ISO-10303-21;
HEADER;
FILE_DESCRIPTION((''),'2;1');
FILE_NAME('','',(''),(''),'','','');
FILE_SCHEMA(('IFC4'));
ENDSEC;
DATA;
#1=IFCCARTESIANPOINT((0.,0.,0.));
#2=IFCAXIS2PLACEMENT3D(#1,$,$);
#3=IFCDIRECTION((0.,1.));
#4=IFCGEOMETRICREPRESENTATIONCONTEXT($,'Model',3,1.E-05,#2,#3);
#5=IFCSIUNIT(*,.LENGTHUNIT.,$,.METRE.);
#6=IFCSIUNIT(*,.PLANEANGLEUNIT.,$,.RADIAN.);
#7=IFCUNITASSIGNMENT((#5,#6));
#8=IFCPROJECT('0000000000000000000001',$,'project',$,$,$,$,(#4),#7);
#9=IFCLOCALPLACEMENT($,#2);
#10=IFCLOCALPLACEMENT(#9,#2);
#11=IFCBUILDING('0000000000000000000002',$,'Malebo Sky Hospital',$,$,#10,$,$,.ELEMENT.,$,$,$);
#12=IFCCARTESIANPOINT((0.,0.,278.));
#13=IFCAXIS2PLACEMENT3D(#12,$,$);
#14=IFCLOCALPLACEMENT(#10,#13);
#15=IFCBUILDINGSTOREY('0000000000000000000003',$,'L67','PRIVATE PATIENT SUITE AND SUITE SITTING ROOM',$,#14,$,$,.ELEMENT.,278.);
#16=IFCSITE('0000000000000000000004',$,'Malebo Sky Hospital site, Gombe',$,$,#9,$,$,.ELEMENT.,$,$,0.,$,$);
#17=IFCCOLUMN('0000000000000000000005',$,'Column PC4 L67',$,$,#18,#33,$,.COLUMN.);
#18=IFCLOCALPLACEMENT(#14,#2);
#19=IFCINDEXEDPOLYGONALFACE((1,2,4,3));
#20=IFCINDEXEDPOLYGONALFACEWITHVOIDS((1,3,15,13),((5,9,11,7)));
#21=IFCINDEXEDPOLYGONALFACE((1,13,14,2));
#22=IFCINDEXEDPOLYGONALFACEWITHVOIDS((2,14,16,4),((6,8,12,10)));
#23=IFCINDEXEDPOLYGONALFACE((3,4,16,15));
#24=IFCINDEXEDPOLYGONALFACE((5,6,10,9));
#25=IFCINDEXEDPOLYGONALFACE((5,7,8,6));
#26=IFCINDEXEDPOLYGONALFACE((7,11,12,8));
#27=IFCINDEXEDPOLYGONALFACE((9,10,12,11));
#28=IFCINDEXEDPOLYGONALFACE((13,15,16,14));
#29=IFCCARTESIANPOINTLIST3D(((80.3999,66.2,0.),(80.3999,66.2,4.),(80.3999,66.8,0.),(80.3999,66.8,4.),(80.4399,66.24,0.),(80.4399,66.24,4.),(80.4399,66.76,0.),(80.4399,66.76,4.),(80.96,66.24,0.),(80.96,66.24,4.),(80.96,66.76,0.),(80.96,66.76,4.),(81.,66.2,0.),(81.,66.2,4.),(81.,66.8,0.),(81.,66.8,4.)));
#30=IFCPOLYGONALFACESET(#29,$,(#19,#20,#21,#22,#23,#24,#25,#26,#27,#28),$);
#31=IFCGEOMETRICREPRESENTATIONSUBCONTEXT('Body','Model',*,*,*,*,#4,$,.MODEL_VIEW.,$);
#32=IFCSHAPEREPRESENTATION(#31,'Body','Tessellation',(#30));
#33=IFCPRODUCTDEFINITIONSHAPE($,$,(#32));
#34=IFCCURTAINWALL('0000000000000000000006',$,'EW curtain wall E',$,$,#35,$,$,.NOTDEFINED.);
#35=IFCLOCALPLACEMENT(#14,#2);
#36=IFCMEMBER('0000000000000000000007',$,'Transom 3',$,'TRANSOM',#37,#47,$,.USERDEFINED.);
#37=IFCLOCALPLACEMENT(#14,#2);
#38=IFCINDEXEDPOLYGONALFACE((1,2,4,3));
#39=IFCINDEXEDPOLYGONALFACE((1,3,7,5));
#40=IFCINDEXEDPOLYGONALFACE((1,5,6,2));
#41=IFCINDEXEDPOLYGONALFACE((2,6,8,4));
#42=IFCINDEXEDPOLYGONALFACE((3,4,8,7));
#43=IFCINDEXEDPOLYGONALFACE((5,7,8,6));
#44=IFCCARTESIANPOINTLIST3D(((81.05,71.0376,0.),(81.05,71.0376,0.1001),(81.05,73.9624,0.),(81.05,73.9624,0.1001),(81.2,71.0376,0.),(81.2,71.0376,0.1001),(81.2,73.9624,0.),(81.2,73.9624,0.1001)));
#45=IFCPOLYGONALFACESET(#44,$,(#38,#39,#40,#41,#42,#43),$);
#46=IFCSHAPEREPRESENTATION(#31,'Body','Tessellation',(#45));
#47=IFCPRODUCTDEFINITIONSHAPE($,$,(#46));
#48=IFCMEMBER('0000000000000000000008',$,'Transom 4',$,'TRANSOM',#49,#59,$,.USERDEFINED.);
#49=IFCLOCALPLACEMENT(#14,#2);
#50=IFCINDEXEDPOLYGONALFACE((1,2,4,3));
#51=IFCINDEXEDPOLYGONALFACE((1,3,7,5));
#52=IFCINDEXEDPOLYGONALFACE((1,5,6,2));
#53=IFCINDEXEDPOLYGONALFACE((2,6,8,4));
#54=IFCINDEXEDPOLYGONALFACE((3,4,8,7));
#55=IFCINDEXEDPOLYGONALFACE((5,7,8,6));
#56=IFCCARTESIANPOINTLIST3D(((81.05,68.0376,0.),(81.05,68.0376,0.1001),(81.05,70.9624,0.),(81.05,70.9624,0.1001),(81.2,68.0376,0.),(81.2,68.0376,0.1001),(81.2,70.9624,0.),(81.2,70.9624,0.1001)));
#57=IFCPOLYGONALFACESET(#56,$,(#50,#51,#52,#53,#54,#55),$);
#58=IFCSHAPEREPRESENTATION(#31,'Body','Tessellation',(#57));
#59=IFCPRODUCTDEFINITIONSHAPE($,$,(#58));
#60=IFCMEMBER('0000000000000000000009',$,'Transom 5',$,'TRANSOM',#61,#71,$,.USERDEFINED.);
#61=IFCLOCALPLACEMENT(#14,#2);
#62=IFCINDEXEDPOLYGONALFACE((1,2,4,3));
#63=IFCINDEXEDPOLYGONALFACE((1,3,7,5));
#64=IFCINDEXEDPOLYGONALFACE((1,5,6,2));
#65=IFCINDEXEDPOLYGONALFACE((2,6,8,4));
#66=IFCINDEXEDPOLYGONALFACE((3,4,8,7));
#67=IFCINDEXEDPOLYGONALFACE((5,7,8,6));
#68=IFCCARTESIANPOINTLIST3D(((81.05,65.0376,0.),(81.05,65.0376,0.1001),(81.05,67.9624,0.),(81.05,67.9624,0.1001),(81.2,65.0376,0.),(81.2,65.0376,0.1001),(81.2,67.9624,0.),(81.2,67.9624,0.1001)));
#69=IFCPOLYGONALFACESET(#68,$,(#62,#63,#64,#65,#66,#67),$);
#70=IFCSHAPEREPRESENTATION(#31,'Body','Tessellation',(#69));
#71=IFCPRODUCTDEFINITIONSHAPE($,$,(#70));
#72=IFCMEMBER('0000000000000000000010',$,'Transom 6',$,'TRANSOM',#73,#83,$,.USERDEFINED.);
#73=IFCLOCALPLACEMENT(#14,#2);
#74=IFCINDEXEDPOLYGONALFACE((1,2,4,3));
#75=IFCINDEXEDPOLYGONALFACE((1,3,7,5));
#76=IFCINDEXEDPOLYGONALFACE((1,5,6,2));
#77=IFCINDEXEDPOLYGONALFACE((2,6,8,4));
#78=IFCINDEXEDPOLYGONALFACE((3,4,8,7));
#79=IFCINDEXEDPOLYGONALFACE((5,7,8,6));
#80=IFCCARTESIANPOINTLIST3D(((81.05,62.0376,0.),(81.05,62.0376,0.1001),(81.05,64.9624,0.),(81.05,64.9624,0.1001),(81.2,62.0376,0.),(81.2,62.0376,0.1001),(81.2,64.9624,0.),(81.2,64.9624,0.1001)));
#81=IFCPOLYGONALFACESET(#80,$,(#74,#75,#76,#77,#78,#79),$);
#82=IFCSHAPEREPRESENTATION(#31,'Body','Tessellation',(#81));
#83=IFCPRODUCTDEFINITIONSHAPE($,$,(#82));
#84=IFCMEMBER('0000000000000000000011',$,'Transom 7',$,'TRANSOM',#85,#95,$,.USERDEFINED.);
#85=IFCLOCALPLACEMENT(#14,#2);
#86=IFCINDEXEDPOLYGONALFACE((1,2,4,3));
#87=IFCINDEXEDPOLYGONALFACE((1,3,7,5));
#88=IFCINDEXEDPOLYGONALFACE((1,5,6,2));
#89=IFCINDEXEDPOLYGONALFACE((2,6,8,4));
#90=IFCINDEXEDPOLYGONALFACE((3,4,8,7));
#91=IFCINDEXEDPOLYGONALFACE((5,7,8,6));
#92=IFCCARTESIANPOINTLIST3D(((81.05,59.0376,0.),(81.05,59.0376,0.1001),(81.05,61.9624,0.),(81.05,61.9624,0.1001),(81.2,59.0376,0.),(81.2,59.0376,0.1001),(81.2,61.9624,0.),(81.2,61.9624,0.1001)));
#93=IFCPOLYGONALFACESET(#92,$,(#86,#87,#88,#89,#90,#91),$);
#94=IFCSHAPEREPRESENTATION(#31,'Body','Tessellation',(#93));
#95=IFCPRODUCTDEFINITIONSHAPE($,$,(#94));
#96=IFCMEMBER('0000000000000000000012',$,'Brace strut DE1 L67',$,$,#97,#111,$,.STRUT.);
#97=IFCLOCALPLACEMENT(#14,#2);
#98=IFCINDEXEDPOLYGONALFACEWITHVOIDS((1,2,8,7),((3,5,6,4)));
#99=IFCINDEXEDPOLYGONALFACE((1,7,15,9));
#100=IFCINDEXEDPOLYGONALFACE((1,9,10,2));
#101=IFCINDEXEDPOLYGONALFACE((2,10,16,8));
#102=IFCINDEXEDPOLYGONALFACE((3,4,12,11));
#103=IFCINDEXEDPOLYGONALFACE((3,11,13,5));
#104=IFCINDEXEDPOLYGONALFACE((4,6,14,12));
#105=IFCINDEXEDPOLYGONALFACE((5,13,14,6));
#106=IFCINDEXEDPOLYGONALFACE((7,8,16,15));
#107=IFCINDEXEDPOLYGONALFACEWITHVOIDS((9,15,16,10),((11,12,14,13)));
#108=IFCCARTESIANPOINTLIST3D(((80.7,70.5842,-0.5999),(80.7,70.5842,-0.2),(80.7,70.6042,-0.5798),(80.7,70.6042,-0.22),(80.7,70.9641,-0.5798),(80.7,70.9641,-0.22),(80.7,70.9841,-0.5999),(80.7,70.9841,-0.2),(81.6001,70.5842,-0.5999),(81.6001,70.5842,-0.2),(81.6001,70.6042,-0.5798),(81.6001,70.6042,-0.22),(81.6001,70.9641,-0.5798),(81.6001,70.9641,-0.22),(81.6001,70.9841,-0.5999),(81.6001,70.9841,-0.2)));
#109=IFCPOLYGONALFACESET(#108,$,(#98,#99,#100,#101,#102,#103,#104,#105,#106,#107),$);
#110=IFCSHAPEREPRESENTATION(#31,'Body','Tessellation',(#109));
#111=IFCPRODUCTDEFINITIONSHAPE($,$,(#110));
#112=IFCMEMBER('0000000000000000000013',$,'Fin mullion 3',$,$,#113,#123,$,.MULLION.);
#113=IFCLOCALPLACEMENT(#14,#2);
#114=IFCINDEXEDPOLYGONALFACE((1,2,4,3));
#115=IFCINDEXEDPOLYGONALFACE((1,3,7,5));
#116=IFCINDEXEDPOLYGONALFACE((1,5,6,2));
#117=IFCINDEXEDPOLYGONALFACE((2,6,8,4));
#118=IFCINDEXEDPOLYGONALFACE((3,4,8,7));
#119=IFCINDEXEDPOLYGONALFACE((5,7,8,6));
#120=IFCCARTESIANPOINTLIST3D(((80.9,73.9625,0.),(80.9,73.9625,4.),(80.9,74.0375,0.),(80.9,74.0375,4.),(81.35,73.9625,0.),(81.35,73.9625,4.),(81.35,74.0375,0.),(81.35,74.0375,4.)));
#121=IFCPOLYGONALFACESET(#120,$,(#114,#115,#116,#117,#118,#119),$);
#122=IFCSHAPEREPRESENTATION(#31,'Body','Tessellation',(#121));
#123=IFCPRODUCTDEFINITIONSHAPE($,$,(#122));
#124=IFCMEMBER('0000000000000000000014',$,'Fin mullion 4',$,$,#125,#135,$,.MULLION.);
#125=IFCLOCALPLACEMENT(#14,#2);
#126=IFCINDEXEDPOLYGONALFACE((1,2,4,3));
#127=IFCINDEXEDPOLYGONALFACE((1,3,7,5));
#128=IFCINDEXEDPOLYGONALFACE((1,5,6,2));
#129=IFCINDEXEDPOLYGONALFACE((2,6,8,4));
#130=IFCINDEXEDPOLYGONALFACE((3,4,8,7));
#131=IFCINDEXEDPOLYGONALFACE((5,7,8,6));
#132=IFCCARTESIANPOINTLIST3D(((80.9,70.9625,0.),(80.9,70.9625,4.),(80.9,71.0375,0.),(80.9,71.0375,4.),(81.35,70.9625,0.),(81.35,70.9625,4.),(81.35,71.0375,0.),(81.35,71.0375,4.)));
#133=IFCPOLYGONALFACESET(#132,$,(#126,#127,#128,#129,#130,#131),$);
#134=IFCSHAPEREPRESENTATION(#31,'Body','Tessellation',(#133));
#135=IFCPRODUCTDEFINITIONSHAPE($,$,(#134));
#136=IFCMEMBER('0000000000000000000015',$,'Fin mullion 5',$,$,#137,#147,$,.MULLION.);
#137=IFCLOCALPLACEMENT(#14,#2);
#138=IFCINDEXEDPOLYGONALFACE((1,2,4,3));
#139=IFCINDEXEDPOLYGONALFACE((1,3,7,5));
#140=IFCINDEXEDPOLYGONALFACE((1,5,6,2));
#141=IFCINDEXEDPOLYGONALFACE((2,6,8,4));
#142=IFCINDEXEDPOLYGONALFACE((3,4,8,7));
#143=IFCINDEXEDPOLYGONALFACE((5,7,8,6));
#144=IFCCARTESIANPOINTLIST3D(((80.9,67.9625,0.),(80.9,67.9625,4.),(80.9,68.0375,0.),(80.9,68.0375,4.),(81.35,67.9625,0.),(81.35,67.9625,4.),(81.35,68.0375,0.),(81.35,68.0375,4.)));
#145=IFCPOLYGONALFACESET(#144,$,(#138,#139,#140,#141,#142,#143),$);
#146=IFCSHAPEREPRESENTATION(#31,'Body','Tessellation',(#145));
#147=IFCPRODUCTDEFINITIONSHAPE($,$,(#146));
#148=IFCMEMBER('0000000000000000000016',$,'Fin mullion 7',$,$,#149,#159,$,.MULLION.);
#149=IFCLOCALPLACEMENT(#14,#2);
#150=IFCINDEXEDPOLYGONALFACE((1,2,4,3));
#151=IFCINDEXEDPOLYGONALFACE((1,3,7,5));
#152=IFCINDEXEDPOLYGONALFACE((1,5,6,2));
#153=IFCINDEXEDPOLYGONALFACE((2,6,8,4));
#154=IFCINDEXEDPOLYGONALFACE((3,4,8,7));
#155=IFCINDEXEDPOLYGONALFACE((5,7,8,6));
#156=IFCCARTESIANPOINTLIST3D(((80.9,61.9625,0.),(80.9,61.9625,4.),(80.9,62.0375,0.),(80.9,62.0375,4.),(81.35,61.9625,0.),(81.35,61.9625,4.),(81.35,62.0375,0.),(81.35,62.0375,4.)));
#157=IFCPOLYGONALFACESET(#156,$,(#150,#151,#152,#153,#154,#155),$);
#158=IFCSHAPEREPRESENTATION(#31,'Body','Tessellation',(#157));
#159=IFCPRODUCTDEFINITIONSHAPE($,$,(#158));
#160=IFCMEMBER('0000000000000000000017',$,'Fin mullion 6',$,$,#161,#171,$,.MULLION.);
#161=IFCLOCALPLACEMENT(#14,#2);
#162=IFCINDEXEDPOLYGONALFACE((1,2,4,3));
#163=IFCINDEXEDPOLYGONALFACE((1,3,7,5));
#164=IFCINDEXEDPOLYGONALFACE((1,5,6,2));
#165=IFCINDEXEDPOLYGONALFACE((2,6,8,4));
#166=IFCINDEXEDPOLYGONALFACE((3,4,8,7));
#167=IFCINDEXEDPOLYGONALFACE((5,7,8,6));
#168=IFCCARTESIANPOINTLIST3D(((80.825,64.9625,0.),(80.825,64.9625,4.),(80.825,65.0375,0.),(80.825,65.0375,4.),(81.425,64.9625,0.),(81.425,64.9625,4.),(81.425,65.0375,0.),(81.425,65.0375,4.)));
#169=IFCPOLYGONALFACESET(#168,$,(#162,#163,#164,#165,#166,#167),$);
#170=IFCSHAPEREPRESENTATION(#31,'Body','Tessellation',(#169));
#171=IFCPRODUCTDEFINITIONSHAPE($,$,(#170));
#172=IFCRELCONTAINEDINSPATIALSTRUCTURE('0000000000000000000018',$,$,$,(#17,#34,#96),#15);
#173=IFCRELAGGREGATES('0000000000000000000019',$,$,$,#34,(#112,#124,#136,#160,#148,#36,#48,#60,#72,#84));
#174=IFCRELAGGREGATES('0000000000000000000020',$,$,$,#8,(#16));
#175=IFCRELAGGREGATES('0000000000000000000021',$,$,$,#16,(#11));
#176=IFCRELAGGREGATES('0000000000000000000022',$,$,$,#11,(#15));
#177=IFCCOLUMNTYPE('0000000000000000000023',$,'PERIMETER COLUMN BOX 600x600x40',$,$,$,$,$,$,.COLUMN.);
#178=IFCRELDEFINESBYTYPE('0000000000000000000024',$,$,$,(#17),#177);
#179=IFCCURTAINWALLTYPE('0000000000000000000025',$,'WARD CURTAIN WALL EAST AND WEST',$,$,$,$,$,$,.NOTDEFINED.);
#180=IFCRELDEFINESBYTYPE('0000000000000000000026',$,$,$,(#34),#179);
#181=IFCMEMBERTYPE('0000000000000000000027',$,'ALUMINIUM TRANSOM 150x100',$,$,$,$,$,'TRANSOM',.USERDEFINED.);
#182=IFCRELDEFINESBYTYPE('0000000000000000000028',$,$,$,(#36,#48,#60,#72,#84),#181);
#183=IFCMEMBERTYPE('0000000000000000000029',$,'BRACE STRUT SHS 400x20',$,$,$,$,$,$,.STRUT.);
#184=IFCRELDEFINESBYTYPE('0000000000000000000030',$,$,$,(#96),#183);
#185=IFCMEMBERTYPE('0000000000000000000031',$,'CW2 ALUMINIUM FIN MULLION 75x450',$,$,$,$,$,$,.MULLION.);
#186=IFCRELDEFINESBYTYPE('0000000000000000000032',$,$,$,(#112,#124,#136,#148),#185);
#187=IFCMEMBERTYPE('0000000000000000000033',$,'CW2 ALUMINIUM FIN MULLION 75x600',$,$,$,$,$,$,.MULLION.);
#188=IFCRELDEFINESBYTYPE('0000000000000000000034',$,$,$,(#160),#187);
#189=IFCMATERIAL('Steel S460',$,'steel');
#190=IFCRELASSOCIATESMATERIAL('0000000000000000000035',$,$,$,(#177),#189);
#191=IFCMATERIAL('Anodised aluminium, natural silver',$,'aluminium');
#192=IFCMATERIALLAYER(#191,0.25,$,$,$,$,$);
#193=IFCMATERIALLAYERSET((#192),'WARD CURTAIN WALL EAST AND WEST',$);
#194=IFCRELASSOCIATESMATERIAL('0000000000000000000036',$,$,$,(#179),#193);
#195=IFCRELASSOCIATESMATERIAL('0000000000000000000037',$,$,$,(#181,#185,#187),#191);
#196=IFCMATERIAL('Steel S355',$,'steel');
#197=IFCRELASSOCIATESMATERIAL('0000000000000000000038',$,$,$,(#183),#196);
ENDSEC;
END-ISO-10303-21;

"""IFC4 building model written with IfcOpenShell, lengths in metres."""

from ifc_helpers import new_model, si_unit, direction, frame, origin, origin_2d, place, context, subcontext, project, spatial, rectangle, hollow_rectangle, extrude, material, layer, layer_set, material_profile, profile_set, type_object, element, aggregate, save


model = new_model("IFC4")

# Units and contexts
model_context = context("Model", 3, precision=1e-05, world=origin(), true_north=direction((0.0, 1.0)))
body_context = subcontext(model_context, "Body", "Model", "MODEL_VIEW")
ifc_project = project(units=[si_unit("LENGTHUNIT", "METRE"), si_unit("PLANEANGLEUNIT", "RADIAN")], contexts=[model_context])

# Site, building, storey
site_placement = place(None, origin())
site = spatial("IfcSite", under=ifc_project, at=site_placement, Name="Malebo Sky Hospital site, Gombe", CompositionType="ELEMENT", RefElevation=0.0)
building_placement = place(site_placement, origin())
building = spatial("IfcBuilding", under=site, at=building_placement, Name="Malebo Sky Hospital", CompositionType="ELEMENT")
storey_placement = place(building_placement, frame((0.0, 0.0, 278.0)))
storey = spatial("IfcBuildingStorey", under=building, at=storey_placement, Name="L67", Description="PRIVATE PATIENT SUITE AND SUITE SITTING ROOM", CompositionType="ELEMENT", Elevation=278.0)

# Column
ifc_material_1 = material(Name="Steel S460", Category="steel")
ifc_material_profile_1 = material_profile(ifc_material_1, hollow_rectangle(XDim=0.6001, YDim=0.6001, WallThickness=0.04, at=origin_2d()), Name="BOX 600x600x40")
ifc_profile_set_1 = profile_set([ifc_material_profile_1], Name="Steel S460")
column_type = type_object("IfcColumnType", Name="PERIMETER COLUMN BOX 600x600x40", PredefinedType="COLUMN", material=ifc_profile_set_1)
column_placement = place(storey_placement, frame((80.7, 66.5, 0.0), z_axis=(0.0, 0.0, 1.0), x_axis=(1.0, 0.0, 0.0)))
element("IfcColumn", 1, at=column_placement, inside=storey, type_object=column_type, Name="Column PC4 L67", PredefinedType="COLUMN", context=body_context, shape_type="SweptSolid", body=[
    extrude(hollow_rectangle(XDim=0.6001, YDim=0.6001, WallThickness=0.04, at=origin_2d()), origin(), (0.0, 0.0, 1.0), 4.0),
])

# Curtain wall, members
ifc_material_2 = material(Name="Anodised aluminium, natural silver", Category="aluminium")
ifc_layer_1 = layer(ifc_material_2, 0.25)
ifc_layer_set_1 = layer_set([ifc_layer_1], Name="WARD CURTAIN WALL EAST AND WEST")
curtain_wall_type = type_object("IfcCurtainWallType", Name="WARD CURTAIN WALL EAST AND WEST", PredefinedType="NOTDEFINED", material=ifc_layer_set_1)
curtain_wall_placement = place(storey_placement, origin())
curtain_wall = element("IfcCurtainWall", 2, at=curtain_wall_placement, inside=storey, type_object=curtain_wall_type, Name="EW curtain wall E", PredefinedType="NOTDEFINED")
ifc_material_profile_2 = material_profile(ifc_material_2, rectangle(XDim=0.1499, YDim=0.1001, at=origin_2d()), Name="ALUMINIUM TRANSOM 150x100")
ifc_profile_set_2 = profile_set([ifc_material_profile_2], Name="Anodised aluminium, natural silver")
member_type_1 = type_object("IfcMemberType", Name="ALUMINIUM TRANSOM 150x100", ElementType="TRANSOM", PredefinedType="USERDEFINED", material=ifc_profile_set_2)
member_1_placement = place(storey_placement, frame((81.125, 73.9624, 0.05), z_axis=(0.0, -1.0, 0.0), x_axis=(1.0, 0.0, 0.0)))
member_1 = element("IfcMember", 3, at=member_1_placement, type_object=member_type_1, Name="Transom 3", ObjectType="TRANSOM", PredefinedType="USERDEFINED", context=body_context, shape_type="SweptSolid", body=[
    extrude(rectangle(XDim=0.1499, YDim=0.1001, at=origin_2d()), origin(), (0.0, 0.0, 1.0), 2.9248),
])
member_2_placement = place(storey_placement, frame((81.125, 70.9624, 0.05), z_axis=(0.0, -1.0, 0.0), x_axis=(1.0, 0.0, 0.0)))
member_2 = element("IfcMember", 4, at=member_2_placement, type_object=member_type_1, Name="Transom 4", ObjectType="TRANSOM", PredefinedType="USERDEFINED", context=body_context, shape_type="SweptSolid", body=[
    extrude(rectangle(XDim=0.1499, YDim=0.1001, at=origin_2d()), origin(), (0.0, 0.0, 1.0), 2.9248),
])
member_3_placement = place(storey_placement, frame((81.125, 67.9624, 0.05), z_axis=(0.0, -1.0, 0.0), x_axis=(1.0, 0.0, 0.0)))
member_3 = element("IfcMember", 5, at=member_3_placement, type_object=member_type_1, Name="Transom 5", ObjectType="TRANSOM", PredefinedType="USERDEFINED", context=body_context, shape_type="SweptSolid", body=[
    extrude(rectangle(XDim=0.1499, YDim=0.1001, at=origin_2d()), origin(), (0.0, 0.0, 1.0), 2.9248),
])
member_4_placement = place(storey_placement, frame((81.125, 64.9624, 0.05), z_axis=(0.0, -1.0, 0.0), x_axis=(1.0, 0.0, 0.0)))
member_4 = element("IfcMember", 6, at=member_4_placement, type_object=member_type_1, Name="Transom 6", ObjectType="TRANSOM", PredefinedType="USERDEFINED", context=body_context, shape_type="SweptSolid", body=[
    extrude(rectangle(XDim=0.1499, YDim=0.1001, at=origin_2d()), origin(), (0.0, 0.0, 1.0), 2.9248),
])
member_5_placement = place(storey_placement, frame((81.125, 61.9624, 0.05), z_axis=(0.0, -1.0, 0.0), x_axis=(1.0, 0.0, 0.0)))
member_5 = element("IfcMember", 7, at=member_5_placement, type_object=member_type_1, Name="Transom 7", ObjectType="TRANSOM", PredefinedType="USERDEFINED", context=body_context, shape_type="SweptSolid", body=[
    extrude(rectangle(XDim=0.1499, YDim=0.1001, at=origin_2d()), origin(), (0.0, 0.0, 1.0), 2.9248),
])

# Members
ifc_material_3 = material(Name="Steel S355", Category="steel")
ifc_material_profile_3 = material_profile(ifc_material_3, hollow_rectangle(XDim=0.3999, YDim=0.3999, WallThickness=0.02, at=origin_2d()), Name="SHS 400x20")
ifc_profile_set_3 = profile_set([ifc_material_profile_3], Name="Steel S355")
member_type_2 = type_object("IfcMemberType", Name="BRACE STRUT SHS 400x20", PredefinedType="STRUT", material=ifc_profile_set_3)
member_6_placement = place(storey_placement, frame((81.6001, 70.7842, -0.3999), z_axis=(-1.0, 0.0, 0.0), x_axis=(0.0, -1.0, 0.0)))
element("IfcMember", 8, at=member_6_placement, inside=storey, type_object=member_type_2, Name="Brace strut DE1 L67", PredefinedType="STRUT", context=body_context, shape_type="SweptSolid", body=[
    extrude(hollow_rectangle(XDim=0.3999, YDim=0.3999, WallThickness=0.02, at=origin_2d()), origin(), (0.0, 0.0, 1.0), 0.9001),
])
ifc_material_profile_4 = material_profile(ifc_material_2, rectangle(XDim=0.075, YDim=0.45, at=origin_2d()), Name="CW2 ALUMINIUM FIN MULLION 75x450")
ifc_profile_set_4 = profile_set([ifc_material_profile_4], Name="Anodised aluminium, natural silver")
member_type_3 = type_object("IfcMemberType", Name="CW2 ALUMINIUM FIN MULLION 75x450", PredefinedType="MULLION", material=ifc_profile_set_4)
member_7_placement = place(storey_placement, frame((81.125, 74.0, 0.0), z_axis=(0.0, 0.0, 1.0), x_axis=(0.0, -1.0, 0.0)))
member_7 = element("IfcMember", 9, at=member_7_placement, type_object=member_type_3, Name="Fin mullion 3", PredefinedType="MULLION", context=body_context, shape_type="SweptSolid", body=[
    extrude(rectangle(XDim=0.075, YDim=0.45, at=origin_2d()), origin(), (0.0, 0.0, 1.0), 4.0),
])
member_8_placement = place(storey_placement, frame((81.125, 71.0, 0.0), z_axis=(0.0, 0.0, 1.0), x_axis=(0.0, -1.0, 0.0)))
member_8 = element("IfcMember", 10, at=member_8_placement, type_object=member_type_3, Name="Fin mullion 4", PredefinedType="MULLION", context=body_context, shape_type="SweptSolid", body=[
    extrude(rectangle(XDim=0.075, YDim=0.45, at=origin_2d()), origin(), (0.0, 0.0, 1.0), 4.0),
])
member_9_placement = place(storey_placement, frame((81.125, 68.0, 0.0), z_axis=(0.0, 0.0, 1.0), x_axis=(0.0, -1.0, 0.0)))
member_9 = element("IfcMember", 11, at=member_9_placement, type_object=member_type_3, Name="Fin mullion 5", PredefinedType="MULLION", context=body_context, shape_type="SweptSolid", body=[
    extrude(rectangle(XDim=0.075, YDim=0.45, at=origin_2d()), origin(), (0.0, 0.0, 1.0), 4.0),
])
member_10_placement = place(storey_placement, frame((81.125, 62.0, 0.0), z_axis=(0.0, 0.0, 1.0), x_axis=(0.0, -1.0, 0.0)))
member_10 = element("IfcMember", 12, at=member_10_placement, type_object=member_type_3, Name="Fin mullion 7", PredefinedType="MULLION", context=body_context, shape_type="SweptSolid", body=[
    extrude(rectangle(XDim=0.075, YDim=0.45, at=origin_2d()), origin(), (0.0, 0.0, 1.0), 4.0),
])
ifc_material_profile_5 = material_profile(ifc_material_2, rectangle(XDim=0.075, YDim=0.6001, at=origin_2d()), Name="CW2 ALUMINIUM FIN MULLION 75x600")
ifc_profile_set_5 = profile_set([ifc_material_profile_5], Name="Anodised aluminium, natural silver")
member_type_4 = type_object("IfcMemberType", Name="CW2 ALUMINIUM FIN MULLION 75x600", PredefinedType="MULLION", material=ifc_profile_set_5)
member_11_placement = place(storey_placement, frame((81.125, 65.0, 0.0), z_axis=(0.0, 0.0, 1.0), x_axis=(0.0, -1.0, 0.0)))
member_11 = element("IfcMember", 13, at=member_11_placement, type_object=member_type_4, Name="Fin mullion 6", PredefinedType="MULLION", context=body_context, shape_type="SweptSolid", body=[
    extrude(rectangle(XDim=0.075, YDim=0.6001, at=origin_2d()), origin(), (0.0, 0.0, 1.0), 4.0),
])

aggregate(curtain_wall, [member_7, member_8, member_9, member_11, member_10, member_1, member_2, member_3, member_4, member_5])

save(model, "model.ifc")
